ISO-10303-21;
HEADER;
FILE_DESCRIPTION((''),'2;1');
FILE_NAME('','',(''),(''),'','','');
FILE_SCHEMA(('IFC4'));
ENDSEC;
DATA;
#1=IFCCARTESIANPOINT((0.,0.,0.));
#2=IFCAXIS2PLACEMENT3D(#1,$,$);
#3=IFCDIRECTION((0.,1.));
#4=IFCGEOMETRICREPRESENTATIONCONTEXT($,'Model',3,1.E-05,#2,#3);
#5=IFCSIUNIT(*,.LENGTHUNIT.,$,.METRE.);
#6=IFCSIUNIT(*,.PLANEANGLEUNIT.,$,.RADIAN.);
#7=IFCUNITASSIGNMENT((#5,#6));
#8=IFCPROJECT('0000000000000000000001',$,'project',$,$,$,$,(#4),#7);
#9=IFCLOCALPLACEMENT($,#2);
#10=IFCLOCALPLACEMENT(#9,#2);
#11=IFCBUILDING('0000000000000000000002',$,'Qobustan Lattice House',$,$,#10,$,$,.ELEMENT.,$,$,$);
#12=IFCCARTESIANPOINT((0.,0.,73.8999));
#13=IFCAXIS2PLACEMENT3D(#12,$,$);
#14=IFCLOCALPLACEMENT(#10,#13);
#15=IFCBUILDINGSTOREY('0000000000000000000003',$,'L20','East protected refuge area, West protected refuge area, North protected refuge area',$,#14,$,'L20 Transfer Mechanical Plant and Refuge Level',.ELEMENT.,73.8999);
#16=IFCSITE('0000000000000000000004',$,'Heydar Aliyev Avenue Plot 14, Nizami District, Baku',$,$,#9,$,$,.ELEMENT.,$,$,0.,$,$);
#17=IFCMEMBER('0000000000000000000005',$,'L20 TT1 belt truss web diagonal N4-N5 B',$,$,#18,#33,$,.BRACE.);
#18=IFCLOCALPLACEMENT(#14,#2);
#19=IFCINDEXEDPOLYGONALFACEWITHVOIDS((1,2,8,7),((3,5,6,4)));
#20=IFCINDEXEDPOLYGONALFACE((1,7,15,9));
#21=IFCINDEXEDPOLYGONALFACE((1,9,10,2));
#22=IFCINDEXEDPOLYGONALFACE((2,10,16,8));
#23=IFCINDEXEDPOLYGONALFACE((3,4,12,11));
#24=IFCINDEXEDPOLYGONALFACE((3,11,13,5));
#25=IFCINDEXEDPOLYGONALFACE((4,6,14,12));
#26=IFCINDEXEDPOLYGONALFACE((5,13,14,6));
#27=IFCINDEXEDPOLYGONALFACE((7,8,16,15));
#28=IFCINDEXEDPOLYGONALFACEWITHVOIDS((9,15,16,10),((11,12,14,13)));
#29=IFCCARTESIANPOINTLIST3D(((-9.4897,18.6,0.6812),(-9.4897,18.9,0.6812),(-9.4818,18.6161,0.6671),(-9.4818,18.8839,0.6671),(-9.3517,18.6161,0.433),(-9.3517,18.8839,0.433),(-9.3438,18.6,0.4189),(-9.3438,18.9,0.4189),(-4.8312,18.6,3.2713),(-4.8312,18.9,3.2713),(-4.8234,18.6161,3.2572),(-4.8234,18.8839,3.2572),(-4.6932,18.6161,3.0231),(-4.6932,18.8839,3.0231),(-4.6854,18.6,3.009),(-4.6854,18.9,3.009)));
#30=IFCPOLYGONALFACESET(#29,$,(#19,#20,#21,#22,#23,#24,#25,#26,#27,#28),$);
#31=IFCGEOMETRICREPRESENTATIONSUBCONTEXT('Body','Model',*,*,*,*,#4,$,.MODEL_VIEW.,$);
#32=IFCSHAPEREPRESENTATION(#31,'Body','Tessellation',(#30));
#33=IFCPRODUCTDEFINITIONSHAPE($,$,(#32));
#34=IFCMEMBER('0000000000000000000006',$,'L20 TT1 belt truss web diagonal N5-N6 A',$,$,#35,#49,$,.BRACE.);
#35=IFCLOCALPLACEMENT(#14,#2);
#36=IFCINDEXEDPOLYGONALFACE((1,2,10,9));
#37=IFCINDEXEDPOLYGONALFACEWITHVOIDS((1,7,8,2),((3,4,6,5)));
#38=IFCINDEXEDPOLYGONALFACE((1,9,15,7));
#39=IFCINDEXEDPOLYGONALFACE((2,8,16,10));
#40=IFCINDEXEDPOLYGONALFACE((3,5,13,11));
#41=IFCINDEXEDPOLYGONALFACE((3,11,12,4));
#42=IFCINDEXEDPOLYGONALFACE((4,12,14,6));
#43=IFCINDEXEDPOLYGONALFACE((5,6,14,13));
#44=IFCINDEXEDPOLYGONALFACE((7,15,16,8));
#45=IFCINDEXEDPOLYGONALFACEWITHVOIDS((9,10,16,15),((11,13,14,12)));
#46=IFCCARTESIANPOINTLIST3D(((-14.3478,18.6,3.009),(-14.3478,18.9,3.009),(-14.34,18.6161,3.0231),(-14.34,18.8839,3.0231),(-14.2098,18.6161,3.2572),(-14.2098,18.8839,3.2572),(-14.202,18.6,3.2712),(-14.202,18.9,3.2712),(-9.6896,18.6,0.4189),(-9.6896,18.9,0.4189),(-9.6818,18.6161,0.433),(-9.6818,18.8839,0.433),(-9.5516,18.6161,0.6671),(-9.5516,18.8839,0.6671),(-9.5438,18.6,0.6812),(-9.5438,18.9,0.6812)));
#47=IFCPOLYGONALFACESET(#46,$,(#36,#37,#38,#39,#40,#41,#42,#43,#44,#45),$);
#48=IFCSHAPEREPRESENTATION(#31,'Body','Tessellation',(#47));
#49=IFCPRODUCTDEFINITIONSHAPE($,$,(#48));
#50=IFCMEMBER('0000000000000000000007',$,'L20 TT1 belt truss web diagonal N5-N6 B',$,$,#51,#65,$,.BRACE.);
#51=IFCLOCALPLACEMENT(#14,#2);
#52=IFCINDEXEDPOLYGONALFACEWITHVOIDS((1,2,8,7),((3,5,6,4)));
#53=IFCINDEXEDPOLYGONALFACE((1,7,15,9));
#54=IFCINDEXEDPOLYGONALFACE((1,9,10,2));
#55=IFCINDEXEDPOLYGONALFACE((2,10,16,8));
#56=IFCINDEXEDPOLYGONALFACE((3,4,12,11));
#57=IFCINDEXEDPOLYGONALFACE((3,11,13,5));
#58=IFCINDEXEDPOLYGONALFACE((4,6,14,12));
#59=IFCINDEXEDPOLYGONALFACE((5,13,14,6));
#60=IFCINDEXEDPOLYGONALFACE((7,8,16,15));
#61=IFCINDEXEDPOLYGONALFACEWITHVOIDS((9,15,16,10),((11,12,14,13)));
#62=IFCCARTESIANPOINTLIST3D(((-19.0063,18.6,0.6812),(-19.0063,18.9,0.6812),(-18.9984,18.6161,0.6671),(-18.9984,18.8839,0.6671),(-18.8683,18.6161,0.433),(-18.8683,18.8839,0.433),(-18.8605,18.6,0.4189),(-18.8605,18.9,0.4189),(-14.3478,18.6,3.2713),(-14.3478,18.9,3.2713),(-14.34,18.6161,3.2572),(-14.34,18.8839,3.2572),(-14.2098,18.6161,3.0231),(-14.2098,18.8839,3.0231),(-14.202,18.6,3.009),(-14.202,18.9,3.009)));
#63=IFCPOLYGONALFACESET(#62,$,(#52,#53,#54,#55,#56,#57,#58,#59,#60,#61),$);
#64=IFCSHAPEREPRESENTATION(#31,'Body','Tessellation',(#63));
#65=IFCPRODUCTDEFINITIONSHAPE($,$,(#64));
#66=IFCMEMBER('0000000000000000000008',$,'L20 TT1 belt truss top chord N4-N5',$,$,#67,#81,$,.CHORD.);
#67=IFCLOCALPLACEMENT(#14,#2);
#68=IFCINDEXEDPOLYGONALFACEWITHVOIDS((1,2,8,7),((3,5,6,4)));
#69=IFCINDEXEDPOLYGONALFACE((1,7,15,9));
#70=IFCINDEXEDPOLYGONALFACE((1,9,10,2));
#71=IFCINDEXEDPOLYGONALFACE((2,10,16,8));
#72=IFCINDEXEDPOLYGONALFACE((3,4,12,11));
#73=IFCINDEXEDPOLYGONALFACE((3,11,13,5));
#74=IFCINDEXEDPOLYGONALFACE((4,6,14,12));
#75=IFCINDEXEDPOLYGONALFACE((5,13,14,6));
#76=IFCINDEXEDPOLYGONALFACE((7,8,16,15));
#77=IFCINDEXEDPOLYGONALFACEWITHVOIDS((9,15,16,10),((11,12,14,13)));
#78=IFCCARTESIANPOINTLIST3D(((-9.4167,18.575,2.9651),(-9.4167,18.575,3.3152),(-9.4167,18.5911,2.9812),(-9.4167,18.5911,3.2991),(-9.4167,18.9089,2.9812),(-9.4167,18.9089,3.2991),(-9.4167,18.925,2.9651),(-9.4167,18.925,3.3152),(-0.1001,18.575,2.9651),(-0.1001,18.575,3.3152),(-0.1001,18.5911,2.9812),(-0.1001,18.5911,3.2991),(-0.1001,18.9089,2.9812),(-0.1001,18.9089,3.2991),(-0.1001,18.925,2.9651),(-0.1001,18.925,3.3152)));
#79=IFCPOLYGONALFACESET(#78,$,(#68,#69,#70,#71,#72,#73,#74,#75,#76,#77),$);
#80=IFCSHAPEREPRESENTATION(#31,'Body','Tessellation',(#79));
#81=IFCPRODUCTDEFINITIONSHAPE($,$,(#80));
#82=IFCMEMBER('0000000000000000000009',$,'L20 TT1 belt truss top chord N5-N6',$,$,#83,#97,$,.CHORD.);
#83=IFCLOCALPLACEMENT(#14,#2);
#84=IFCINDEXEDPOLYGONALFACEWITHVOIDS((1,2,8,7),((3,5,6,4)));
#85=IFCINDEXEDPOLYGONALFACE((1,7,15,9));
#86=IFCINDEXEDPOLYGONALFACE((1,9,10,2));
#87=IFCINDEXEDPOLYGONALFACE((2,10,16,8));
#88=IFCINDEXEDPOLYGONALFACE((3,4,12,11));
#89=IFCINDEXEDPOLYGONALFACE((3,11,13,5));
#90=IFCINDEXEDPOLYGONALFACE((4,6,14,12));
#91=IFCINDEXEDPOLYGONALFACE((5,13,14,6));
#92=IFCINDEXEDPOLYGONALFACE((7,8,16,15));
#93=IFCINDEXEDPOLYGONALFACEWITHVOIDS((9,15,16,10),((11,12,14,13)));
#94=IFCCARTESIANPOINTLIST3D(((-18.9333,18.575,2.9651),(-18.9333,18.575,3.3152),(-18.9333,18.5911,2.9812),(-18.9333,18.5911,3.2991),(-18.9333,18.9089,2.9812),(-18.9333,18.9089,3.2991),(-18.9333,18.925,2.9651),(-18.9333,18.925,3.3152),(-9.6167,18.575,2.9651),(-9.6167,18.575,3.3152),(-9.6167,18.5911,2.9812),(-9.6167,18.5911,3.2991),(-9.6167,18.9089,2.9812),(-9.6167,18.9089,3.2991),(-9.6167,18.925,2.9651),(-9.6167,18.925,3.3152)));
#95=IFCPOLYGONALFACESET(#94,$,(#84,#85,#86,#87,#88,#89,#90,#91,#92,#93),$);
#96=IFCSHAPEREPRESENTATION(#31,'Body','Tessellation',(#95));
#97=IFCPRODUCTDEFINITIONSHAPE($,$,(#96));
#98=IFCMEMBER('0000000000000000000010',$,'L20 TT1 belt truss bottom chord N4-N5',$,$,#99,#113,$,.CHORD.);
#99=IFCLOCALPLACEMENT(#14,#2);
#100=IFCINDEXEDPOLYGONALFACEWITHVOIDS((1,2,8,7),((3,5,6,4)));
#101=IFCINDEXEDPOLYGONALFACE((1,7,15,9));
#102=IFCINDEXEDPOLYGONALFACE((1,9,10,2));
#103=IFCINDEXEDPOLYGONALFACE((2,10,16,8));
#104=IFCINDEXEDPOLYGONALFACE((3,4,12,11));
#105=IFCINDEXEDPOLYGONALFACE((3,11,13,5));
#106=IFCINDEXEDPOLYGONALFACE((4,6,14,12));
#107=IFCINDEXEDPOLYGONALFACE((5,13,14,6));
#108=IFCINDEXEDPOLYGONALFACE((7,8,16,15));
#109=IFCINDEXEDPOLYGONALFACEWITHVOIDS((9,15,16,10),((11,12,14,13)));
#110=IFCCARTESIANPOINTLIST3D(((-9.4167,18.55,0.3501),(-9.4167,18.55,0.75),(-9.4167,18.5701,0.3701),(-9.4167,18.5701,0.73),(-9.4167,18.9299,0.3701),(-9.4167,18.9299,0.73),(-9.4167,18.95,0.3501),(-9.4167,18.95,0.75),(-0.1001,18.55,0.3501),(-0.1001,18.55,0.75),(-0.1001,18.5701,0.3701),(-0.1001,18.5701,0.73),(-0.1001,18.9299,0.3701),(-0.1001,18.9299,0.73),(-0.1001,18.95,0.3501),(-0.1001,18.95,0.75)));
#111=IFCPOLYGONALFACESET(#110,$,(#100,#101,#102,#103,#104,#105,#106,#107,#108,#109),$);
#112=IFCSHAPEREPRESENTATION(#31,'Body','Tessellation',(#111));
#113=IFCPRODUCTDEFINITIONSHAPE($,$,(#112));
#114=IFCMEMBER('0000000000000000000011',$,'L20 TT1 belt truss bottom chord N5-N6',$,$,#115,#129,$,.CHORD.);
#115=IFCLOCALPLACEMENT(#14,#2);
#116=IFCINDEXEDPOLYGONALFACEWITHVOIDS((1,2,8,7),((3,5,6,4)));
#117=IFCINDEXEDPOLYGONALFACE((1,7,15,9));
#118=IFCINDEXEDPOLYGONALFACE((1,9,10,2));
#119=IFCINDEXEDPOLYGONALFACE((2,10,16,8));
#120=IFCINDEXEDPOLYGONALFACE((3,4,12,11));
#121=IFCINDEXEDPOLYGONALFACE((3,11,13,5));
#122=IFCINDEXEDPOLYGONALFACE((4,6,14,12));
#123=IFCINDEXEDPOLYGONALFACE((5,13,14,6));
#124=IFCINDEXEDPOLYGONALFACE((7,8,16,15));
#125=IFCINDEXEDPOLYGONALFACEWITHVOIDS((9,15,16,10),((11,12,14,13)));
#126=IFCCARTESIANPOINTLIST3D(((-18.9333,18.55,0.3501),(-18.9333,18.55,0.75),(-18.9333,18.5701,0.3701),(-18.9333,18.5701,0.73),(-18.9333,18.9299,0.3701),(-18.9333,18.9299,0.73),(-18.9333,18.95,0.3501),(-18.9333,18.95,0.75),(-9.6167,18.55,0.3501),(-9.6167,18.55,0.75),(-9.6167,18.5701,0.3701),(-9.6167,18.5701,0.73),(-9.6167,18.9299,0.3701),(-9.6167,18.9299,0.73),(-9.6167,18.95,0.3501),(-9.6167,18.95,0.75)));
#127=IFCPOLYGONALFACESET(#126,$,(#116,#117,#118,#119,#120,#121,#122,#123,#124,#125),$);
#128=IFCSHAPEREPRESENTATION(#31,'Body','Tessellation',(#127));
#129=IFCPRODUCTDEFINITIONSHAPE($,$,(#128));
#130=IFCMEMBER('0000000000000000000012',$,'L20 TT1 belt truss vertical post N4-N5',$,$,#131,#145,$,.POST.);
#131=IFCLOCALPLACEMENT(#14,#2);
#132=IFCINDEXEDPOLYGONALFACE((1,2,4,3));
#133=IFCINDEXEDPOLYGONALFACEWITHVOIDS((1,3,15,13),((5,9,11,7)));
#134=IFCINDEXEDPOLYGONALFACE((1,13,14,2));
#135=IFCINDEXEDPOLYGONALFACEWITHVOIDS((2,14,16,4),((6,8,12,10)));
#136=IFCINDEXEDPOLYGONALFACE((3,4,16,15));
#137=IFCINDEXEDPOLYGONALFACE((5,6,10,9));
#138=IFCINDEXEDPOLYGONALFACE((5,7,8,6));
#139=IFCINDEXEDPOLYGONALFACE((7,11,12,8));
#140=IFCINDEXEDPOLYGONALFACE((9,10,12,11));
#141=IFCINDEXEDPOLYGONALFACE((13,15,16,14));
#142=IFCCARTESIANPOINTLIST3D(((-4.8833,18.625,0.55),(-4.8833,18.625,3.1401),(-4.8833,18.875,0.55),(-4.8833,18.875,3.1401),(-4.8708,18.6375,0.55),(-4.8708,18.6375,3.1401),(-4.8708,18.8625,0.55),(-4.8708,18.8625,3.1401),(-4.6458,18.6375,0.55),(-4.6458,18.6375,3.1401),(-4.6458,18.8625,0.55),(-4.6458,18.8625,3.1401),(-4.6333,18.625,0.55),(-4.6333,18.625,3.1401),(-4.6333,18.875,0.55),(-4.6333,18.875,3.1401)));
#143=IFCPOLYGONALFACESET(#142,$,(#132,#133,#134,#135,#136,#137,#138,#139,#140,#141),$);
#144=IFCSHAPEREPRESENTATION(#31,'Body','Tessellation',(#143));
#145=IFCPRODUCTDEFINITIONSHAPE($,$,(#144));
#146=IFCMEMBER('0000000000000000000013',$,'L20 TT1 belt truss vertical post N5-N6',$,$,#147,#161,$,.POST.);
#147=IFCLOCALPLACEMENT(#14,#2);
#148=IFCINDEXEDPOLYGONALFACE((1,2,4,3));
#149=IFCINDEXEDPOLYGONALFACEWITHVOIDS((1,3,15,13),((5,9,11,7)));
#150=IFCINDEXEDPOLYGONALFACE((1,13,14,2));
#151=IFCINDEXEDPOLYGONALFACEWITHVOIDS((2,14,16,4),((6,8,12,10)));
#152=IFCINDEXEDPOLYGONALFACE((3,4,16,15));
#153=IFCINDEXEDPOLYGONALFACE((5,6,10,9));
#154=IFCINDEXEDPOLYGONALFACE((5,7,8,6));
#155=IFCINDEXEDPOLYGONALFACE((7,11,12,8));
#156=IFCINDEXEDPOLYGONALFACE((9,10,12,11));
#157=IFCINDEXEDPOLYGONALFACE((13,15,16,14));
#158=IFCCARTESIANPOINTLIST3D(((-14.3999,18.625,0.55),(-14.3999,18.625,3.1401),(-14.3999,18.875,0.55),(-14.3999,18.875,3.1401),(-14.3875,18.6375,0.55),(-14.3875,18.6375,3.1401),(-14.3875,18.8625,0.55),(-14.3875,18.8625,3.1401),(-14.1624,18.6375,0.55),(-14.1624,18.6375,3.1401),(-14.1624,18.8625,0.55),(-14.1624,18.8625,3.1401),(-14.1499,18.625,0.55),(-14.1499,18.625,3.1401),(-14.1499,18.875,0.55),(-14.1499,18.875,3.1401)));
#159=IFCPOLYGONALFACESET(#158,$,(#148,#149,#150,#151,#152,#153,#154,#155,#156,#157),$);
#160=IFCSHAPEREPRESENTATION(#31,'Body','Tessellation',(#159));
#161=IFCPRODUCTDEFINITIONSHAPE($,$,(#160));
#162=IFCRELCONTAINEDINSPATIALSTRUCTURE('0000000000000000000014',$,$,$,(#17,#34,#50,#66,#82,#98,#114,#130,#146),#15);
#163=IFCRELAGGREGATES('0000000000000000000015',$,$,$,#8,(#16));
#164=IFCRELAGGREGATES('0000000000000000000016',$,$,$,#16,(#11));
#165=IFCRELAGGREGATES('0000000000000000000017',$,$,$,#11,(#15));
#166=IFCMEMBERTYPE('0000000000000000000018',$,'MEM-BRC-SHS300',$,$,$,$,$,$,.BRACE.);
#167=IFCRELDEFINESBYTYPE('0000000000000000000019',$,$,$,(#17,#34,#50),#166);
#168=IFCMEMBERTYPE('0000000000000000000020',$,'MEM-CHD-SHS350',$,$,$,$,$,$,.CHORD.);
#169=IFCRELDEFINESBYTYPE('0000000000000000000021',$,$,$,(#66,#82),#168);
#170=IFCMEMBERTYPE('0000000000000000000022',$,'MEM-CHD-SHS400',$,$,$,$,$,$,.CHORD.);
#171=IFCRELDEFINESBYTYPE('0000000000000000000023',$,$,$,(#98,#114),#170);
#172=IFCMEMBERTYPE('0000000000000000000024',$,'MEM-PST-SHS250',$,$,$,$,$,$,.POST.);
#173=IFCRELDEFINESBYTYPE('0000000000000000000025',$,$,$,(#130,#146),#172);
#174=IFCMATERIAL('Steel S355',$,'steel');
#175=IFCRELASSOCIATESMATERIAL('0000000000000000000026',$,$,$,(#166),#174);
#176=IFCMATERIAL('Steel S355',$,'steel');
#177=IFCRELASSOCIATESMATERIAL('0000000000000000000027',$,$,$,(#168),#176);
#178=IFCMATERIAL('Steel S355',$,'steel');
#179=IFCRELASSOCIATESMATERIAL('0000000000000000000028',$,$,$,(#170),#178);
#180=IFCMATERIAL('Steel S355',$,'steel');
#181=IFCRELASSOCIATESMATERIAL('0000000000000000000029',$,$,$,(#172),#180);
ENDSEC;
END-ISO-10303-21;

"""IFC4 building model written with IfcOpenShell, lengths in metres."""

from ifc_helpers import new_model, si_unit, direction, frame, origin, origin_2d, place, context, subcontext, project, spatial, hollow_rectangle, extrude, material, material_profile, profile_set, type_object, element, save


model = new_model("IFC4")

# Units and contexts
model_context = context("Model", 3, precision=1e-05, world=origin(), true_north=direction((0.0, 1.0)))
body_context = subcontext(model_context, "Body", "Model", "MODEL_VIEW")
ifc_project = project(units=[si_unit("LENGTHUNIT", "METRE"), si_unit("PLANEANGLEUNIT", "RADIAN")], contexts=[model_context])

# Site, building, storey
site_placement = place(None, origin())
site = spatial("IfcSite", under=ifc_project, at=site_placement, Name="Heydar Aliyev Avenue Plot 14, Nizami District, Baku", CompositionType="ELEMENT", RefElevation=0.0)
building_placement = place(site_placement, origin())
building = spatial("IfcBuilding", under=site, at=building_placement, Name="Qobustan Lattice House", CompositionType="ELEMENT")
storey_placement = place(building_placement, frame((0.0, 0.0, 73.8999)))
storey = spatial("IfcBuildingStorey", under=building, at=storey_placement, Name="L20", Description="East protected refuge area, West protected refuge area, North protected refuge area", LongName="L20 Transfer Mechanical Plant and Refuge Level", CompositionType="ELEMENT", Elevation=73.8999)

# Members
ifc_material_1 = material(Name="Steel S355", Category="steel")
ifc_material_profile_1 = material_profile(ifc_material_1, hollow_rectangle(XDim=0.3, YDim=0.3, WallThickness=0.0161, at=origin_2d()), Name="SHS300x300x16")
ifc_profile_set_1 = profile_set([ifc_material_profile_1], Name="Steel S355")
member_type_1 = type_object("IfcMemberType", Name="MEM-BRC-SHS300", PredefinedType="BRACE", material=ifc_profile_set_1)
member_1_placement = place(storey_placement, frame((-4.7583, 18.75, 3.1401), z_axis=(-0.873993, 0.0, -0.485938), x_axis=(0.0, -1.0, 0.0)))
element("IfcMember", 1, at=member_1_placement, inside=storey, type_object=member_type_1, Name="L20 TT1 belt truss web diagonal N4-N5 B", PredefinedType="BRACE", context=body_context, shape_type="SweptSolid", body=[
    extrude(hollow_rectangle(XDim=0.3, YDim=0.3, WallThickness=0.0161, at=origin_2d()), origin(), (0.0, 0.0, 1.0), 5.3301),
])
member_2_placement = place(storey_placement, frame((-9.6167, 18.75, 0.55), z_axis=(-0.873982, 0.0, 0.485958), x_axis=(0.0, -1.0, 0.0)))
element("IfcMember", 2, at=member_2_placement, inside=storey, type_object=member_type_1, Name="L20 TT1 belt truss web diagonal N5-N6 A", PredefinedType="BRACE", context=body_context, shape_type="SweptSolid", body=[
    extrude(hollow_rectangle(XDim=0.3, YDim=0.3, WallThickness=0.0161, at=origin_2d()), origin(), (0.0, 0.0, 1.0), 5.3298),
])
member_3_placement = place(storey_placement, frame((-14.2749, 18.75, 3.1401), z_axis=(-0.873993, 0.0, -0.485938), x_axis=(0.0, -1.0, 0.0)))
element("IfcMember", 3, at=member_3_placement, inside=storey, type_object=member_type_1, Name="L20 TT1 belt truss web diagonal N5-N6 B", PredefinedType="BRACE", context=body_context, shape_type="SweptSolid", body=[
    extrude(hollow_rectangle(XDim=0.3, YDim=0.3, WallThickness=0.0161, at=origin_2d()), origin(), (0.0, 0.0, 1.0), 5.3301),
])
ifc_material_2 = material(Name="Steel S355", Category="steel")
ifc_material_profile_2 = material_profile(ifc_material_2, hollow_rectangle(XDim=0.3501, YDim=0.3501, WallThickness=0.0161, at=origin_2d()), Name="SHS350x350x16")
ifc_profile_set_2 = profile_set([ifc_material_profile_2], Name="Steel S355")
member_type_2 = type_object("IfcMemberType", Name="MEM-CHD-SHS350", PredefinedType="CHORD", material=ifc_profile_set_2)
for number, where, z_axis, x_axis, name in (
    (4, (-0.1001, 18.75, 3.1401), (-1.0, 0.0, 0.0), (0.0, -1.0, 0.0), "L20 TT1 belt truss top chord N4-N5"),
    (5, (-9.6167, 18.75, 3.1401), (-1.0, 0.0, 0.0), (0.0, -1.0, 0.0), "L20 TT1 belt truss top chord N5-N6"),
):
    element("IfcMember", number, at=place(storey_placement, frame(where, z_axis=z_axis, x_axis=x_axis)), inside=storey, type_object=member_type_2, Name=name, PredefinedType="CHORD", context=body_context, shape_type="SweptSolid", body=[
        extrude(hollow_rectangle(XDim=0.3501, YDim=0.3501, WallThickness=0.0161, at=origin_2d()), origin(), (0.0, 0.0, 1.0), 9.3167),
    ])
ifc_material_3 = material(Name="Steel S355", Category="steel")
ifc_material_profile_3 = material_profile(ifc_material_3, hollow_rectangle(XDim=0.3999, YDim=0.3999, WallThickness=0.02, at=origin_2d()), Name="SHS400x400x20")
ifc_profile_set_3 = profile_set([ifc_material_profile_3], Name="Steel S355")
member_type_3 = type_object("IfcMemberType", Name="MEM-CHD-SHS400", PredefinedType="CHORD", material=ifc_profile_set_3)
for number, where, z_axis, x_axis, name in (
    (6, (-0.1001, 18.75, 0.55), (-1.0, 0.0, 0.0), (0.0, -1.0, 0.0), "L20 TT1 belt truss bottom chord N4-N5"),
    (7, (-9.6167, 18.75, 0.55), (-1.0, 0.0, 0.0), (0.0, -1.0, 0.0), "L20 TT1 belt truss bottom chord N5-N6"),
):
    element("IfcMember", number, at=place(storey_placement, frame(where, z_axis=z_axis, x_axis=x_axis)), inside=storey, type_object=member_type_3, Name=name, PredefinedType="CHORD", context=body_context, shape_type="SweptSolid", body=[
        extrude(hollow_rectangle(XDim=0.3999, YDim=0.3999, WallThickness=0.02, at=origin_2d()), origin(), (0.0, 0.0, 1.0), 9.3167),
    ])
ifc_material_4 = material(Name="Steel S355", Category="steel")
ifc_material_profile_4 = material_profile(ifc_material_4, hollow_rectangle(XDim=0.25, YDim=0.25, WallThickness=0.0125, at=origin_2d()), Name="SHS250x250x12.5")
ifc_profile_set_4 = profile_set([ifc_material_profile_4], Name="Steel S355")
member_type_4 = type_object("IfcMemberType", Name="MEM-PST-SHS250", PredefinedType="POST", material=ifc_profile_set_4)
for number, where, z_axis, x_axis, name in (
    (8, (-4.7583, 18.75, 0.55), (0.0, 0.0, 1.0), (1.0, 0.0, 0.0), "L20 TT1 belt truss vertical post N4-N5"),
    (9, (-14.2749, 18.75, 0.55), (0.0, 0.0, 1.0), (1.0, 0.0, 0.0), "L20 TT1 belt truss vertical post N5-N6"),
):
    element("IfcMember", number, at=place(storey_placement, frame(where, z_axis=z_axis, x_axis=x_axis)), inside=storey, type_object=member_type_4, Name=name, PredefinedType="POST", context=body_context, shape_type="SweptSolid", body=[
        extrude(hollow_rectangle(XDim=0.25, YDim=0.25, WallThickness=0.0125, at=origin_2d()), origin(), (0.0, 0.0, 1.0), 2.5901),
    ])

save(model, "model.ifc")
